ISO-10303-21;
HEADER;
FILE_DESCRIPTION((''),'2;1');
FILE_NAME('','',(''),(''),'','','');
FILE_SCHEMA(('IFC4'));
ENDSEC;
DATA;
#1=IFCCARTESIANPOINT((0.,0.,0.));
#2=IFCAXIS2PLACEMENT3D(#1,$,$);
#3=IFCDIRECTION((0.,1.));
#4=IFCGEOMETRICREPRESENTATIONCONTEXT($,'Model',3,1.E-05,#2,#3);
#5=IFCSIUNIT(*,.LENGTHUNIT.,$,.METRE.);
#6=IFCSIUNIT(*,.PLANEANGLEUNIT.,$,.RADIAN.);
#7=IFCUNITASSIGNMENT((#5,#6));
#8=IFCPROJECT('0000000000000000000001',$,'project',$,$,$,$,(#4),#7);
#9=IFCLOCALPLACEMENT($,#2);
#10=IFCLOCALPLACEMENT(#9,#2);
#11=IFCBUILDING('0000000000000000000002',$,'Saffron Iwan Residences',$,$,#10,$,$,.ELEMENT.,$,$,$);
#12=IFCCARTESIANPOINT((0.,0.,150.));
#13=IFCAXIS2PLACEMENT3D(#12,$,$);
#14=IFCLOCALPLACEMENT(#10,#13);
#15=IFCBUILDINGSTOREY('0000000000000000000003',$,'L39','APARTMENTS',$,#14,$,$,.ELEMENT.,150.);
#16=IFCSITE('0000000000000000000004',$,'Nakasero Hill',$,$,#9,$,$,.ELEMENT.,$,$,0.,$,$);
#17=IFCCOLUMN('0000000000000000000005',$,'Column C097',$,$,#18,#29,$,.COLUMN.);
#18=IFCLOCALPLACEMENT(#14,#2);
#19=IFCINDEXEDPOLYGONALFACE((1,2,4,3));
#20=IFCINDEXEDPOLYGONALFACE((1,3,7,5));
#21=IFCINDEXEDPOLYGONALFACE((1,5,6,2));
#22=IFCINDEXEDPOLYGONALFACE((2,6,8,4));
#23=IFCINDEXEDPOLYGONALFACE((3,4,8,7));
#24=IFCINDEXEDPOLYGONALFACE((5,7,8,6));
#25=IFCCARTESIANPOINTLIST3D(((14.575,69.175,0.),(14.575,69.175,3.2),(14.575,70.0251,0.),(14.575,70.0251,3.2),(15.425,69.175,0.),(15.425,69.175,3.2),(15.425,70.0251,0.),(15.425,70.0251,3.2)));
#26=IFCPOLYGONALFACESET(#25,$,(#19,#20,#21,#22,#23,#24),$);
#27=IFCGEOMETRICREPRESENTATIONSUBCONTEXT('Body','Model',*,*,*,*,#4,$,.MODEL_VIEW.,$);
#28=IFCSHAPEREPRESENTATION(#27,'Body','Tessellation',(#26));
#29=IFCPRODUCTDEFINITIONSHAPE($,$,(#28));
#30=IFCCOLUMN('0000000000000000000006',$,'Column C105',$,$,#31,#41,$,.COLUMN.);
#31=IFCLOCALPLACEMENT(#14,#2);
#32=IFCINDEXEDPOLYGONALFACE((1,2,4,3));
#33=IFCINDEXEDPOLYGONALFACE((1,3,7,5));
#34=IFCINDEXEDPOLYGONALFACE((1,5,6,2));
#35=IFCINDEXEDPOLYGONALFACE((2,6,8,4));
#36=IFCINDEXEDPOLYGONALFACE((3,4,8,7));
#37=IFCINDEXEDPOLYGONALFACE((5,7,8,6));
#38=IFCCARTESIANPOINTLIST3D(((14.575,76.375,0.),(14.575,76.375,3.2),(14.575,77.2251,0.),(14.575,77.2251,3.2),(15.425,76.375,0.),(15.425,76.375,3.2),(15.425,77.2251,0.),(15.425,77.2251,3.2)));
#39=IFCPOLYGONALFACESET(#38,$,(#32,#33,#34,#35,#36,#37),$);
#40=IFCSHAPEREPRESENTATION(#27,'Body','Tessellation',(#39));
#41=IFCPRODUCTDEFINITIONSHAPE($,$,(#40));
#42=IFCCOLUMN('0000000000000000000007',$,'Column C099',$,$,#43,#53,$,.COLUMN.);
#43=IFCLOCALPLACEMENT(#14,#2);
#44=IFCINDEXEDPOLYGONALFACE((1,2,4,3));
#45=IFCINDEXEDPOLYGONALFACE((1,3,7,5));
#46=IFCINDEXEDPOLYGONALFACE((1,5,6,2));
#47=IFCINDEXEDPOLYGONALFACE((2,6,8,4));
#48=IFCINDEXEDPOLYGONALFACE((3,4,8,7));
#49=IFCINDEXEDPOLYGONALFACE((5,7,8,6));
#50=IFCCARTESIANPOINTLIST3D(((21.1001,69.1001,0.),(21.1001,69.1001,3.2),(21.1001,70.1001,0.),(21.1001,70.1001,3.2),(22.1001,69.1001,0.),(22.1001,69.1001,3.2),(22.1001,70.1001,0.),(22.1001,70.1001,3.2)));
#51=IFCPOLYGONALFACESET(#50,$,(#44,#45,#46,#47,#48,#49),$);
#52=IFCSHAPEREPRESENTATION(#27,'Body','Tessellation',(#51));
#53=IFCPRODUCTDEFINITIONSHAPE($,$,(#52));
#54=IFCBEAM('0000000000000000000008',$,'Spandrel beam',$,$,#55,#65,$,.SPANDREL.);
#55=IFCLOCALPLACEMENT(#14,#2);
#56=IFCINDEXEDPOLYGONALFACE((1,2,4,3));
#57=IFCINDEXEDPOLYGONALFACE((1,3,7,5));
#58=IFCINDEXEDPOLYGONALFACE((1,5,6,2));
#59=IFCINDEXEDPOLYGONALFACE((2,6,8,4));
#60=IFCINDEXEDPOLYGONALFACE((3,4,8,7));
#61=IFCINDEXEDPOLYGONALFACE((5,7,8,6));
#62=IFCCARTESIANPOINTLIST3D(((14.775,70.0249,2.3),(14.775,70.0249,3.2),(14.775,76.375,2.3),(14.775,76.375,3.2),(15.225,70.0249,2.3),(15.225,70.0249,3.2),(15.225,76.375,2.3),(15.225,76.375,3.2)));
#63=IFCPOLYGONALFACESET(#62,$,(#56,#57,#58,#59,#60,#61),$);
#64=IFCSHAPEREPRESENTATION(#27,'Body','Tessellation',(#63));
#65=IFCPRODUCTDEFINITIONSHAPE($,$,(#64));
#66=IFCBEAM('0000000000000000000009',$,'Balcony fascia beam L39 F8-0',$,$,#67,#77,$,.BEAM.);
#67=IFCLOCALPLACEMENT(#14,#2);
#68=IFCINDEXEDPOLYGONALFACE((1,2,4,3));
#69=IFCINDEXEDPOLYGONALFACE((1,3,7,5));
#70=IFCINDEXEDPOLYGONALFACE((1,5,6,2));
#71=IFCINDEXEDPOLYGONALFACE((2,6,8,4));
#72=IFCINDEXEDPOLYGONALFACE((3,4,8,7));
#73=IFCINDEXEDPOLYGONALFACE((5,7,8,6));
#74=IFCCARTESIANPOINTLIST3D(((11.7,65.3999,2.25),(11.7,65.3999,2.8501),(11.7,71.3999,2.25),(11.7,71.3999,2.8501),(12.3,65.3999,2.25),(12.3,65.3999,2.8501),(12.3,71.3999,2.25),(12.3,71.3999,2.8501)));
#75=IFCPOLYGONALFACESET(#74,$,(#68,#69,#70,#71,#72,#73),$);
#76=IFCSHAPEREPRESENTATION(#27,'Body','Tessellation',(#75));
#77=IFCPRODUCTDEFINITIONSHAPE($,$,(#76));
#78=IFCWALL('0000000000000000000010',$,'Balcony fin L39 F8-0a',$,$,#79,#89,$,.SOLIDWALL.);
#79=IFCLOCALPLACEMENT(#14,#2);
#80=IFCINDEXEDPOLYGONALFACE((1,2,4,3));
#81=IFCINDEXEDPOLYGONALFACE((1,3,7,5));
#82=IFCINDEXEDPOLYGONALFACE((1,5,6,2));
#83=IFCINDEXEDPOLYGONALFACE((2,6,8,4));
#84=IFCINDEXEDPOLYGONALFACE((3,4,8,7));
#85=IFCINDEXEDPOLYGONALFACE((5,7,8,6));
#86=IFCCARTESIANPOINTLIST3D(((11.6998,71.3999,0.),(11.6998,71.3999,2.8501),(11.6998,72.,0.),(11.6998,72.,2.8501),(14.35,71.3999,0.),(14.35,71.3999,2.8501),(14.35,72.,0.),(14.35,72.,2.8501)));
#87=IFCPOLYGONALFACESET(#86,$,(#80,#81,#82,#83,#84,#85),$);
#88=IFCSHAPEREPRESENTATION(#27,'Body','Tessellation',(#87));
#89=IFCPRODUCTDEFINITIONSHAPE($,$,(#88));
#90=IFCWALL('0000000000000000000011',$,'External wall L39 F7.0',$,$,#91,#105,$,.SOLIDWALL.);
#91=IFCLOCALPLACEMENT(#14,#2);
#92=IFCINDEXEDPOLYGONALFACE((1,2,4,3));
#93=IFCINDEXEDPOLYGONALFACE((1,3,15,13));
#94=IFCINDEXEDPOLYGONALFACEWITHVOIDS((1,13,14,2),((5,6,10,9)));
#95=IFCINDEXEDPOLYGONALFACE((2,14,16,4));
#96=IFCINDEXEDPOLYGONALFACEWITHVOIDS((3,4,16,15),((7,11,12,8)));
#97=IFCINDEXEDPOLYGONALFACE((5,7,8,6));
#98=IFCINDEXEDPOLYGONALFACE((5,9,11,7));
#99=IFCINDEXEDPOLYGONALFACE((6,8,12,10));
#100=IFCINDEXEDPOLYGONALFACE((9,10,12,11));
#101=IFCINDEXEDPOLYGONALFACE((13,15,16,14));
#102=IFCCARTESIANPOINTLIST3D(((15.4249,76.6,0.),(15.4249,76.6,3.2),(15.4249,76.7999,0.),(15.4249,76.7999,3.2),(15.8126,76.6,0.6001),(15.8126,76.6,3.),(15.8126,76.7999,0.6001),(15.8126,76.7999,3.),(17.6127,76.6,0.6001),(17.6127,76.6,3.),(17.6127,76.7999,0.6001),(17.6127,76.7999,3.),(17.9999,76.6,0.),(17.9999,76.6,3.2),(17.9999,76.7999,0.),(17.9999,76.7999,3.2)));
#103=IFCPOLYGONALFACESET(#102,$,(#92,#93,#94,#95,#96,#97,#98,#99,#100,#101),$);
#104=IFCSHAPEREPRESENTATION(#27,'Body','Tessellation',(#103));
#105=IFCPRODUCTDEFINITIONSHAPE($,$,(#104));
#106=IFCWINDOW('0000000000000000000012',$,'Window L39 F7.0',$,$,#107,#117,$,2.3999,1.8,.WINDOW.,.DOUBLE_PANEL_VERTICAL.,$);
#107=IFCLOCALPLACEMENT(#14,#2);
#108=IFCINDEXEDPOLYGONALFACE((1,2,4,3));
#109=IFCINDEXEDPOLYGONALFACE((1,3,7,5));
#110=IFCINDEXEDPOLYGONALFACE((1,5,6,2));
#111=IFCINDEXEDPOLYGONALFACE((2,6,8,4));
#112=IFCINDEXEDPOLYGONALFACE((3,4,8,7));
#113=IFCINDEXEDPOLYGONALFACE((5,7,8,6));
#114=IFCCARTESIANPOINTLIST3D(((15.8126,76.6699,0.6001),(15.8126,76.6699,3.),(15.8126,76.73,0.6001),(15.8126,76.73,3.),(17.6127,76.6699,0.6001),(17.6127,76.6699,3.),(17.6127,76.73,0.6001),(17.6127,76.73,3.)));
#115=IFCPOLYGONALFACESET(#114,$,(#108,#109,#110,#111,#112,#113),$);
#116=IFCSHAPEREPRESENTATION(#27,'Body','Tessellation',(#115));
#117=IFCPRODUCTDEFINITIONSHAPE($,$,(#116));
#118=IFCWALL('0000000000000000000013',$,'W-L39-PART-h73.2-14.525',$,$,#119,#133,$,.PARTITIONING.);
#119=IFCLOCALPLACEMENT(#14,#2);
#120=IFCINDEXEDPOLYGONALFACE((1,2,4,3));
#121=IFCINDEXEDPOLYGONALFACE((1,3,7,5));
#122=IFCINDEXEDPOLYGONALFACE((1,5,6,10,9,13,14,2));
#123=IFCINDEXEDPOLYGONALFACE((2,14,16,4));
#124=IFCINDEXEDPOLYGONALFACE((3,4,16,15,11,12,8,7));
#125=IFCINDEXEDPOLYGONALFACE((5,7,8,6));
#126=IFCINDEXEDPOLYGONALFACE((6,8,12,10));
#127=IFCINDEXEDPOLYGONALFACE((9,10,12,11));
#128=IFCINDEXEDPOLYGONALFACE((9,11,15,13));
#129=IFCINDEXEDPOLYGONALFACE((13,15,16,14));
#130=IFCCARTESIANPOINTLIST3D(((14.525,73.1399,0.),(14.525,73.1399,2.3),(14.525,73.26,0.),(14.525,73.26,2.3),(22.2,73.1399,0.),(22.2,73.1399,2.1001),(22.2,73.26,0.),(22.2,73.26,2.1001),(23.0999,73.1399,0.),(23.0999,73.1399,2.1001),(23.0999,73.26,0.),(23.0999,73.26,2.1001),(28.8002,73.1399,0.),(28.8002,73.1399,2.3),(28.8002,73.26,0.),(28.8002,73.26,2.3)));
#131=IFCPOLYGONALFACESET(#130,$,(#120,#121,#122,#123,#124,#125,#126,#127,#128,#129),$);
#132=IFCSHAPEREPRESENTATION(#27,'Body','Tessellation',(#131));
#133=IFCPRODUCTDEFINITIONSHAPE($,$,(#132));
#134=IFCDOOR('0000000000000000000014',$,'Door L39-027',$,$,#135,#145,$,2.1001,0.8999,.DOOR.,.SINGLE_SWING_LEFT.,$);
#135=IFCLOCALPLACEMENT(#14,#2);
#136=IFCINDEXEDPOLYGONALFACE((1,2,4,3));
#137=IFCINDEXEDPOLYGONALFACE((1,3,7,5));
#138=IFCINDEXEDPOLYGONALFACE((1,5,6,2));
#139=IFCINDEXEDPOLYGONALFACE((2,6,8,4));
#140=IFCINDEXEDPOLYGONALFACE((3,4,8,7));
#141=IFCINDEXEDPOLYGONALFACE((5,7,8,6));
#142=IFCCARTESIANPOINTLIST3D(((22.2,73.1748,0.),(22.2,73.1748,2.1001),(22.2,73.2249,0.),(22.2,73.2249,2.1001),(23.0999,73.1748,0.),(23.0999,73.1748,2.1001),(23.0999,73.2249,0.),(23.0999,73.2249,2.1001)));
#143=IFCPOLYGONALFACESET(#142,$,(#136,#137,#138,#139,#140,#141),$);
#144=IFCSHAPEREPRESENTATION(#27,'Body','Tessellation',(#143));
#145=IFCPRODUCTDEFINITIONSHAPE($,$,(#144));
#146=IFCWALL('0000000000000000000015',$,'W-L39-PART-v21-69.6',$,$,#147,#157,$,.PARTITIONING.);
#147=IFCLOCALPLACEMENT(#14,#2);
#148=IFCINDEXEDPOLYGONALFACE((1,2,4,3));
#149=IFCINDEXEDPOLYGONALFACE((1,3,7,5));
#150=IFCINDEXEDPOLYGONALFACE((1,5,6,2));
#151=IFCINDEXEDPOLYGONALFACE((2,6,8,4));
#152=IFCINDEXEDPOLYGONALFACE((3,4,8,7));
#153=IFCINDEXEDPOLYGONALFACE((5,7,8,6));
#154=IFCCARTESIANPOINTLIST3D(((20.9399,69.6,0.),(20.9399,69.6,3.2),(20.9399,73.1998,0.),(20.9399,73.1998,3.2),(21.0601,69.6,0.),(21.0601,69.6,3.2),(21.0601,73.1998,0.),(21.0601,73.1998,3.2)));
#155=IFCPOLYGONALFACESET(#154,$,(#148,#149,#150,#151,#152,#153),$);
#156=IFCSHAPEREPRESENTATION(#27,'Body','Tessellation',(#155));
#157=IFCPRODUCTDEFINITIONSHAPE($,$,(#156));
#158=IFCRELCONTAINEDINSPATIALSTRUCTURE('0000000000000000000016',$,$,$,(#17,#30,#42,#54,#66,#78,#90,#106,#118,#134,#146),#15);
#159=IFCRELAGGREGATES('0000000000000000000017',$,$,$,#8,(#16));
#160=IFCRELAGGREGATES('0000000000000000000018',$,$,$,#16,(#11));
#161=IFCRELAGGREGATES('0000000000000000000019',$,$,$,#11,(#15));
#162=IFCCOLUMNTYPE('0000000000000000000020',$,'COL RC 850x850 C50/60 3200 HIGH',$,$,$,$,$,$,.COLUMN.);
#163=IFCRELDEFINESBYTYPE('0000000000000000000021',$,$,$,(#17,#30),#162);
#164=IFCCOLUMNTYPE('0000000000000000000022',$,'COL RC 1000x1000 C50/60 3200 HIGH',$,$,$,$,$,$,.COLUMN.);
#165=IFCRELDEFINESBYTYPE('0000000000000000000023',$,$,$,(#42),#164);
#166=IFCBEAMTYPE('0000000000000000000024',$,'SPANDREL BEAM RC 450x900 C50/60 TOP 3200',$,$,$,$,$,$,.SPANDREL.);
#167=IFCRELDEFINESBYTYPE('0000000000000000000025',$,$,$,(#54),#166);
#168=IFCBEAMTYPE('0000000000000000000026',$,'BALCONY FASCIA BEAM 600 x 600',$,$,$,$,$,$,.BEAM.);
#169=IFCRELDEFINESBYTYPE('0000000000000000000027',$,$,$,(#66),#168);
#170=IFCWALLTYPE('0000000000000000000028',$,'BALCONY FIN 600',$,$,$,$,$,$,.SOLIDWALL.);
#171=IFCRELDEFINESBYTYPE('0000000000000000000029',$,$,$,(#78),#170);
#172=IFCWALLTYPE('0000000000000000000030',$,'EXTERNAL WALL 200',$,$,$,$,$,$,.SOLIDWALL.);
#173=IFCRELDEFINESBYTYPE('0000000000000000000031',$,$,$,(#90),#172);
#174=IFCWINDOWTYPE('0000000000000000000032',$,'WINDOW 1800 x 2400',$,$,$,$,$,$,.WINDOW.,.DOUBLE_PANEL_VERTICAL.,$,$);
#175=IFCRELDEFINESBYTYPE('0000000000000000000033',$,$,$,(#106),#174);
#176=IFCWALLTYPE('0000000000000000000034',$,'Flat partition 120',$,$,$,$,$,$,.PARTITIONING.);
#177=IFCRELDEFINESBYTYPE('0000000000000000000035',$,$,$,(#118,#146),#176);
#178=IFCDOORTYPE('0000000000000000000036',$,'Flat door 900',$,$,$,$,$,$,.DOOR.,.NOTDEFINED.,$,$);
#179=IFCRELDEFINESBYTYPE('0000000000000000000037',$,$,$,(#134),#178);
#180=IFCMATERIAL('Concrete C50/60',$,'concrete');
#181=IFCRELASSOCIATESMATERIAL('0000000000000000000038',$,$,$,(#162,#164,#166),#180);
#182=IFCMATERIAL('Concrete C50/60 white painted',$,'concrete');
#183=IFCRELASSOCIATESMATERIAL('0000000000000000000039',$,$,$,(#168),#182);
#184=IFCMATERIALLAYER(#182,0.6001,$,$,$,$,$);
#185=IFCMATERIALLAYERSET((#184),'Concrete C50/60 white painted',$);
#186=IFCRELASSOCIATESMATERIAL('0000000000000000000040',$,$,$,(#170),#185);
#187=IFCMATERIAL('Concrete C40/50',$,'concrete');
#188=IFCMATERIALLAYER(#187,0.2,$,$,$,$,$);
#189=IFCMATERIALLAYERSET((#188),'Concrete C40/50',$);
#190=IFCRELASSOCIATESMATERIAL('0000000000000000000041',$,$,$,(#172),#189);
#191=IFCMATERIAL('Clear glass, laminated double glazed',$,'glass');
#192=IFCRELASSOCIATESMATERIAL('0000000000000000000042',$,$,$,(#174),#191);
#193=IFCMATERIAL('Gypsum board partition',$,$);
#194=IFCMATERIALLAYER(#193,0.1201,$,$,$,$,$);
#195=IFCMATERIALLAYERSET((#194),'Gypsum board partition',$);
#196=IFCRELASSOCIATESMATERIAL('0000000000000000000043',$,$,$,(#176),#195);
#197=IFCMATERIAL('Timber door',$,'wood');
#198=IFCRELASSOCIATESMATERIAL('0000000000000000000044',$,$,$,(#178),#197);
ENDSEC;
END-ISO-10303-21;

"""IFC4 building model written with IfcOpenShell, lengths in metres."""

from ifc_helpers import new_model, si_unit, direction, frame, frame_2d, origin, origin_2d, place, context, subcontext, project, spatial, rectangle, extrude, source, transform, mapped, material, layer, layer_set, material_profile, profile_set, type_object, element, fill, save


model = new_model("IFC4")

# Units and contexts
model_context = context("Model", 3, precision=1e-05, world=origin(), true_north=direction((0.0, 1.0)))
body_context = subcontext(model_context, "Body", "Model", "MODEL_VIEW")
ifc_project = project(units=[si_unit("LENGTHUNIT", "METRE"), si_unit("PLANEANGLEUNIT", "RADIAN")], contexts=[model_context])

# Site, building, storey
site_placement = place(None, origin())
site = spatial("IfcSite", under=ifc_project, at=site_placement, Name="Nakasero Hill", CompositionType="ELEMENT", RefElevation=0.0)
building_placement = place(site_placement, origin())
building = spatial("IfcBuilding", under=site, at=building_placement, Name="Saffron Iwan Residences", CompositionType="ELEMENT")
storey_placement = place(building_placement, frame((0.0, 0.0, 150.0)))
storey = spatial("IfcBuildingStorey", under=building, at=storey_placement, Name="L39", Description="APARTMENTS", CompositionType="ELEMENT", Elevation=150.0)

# Columns
ifc_material_1 = material(Name="Concrete C50/60", Category="concrete")
ifc_material_profile_1 = material_profile(ifc_material_1, rectangle(XDim=0.8501, YDim=0.8501, at=origin_2d()), Name="RC 850x850")
ifc_profile_set_1 = profile_set([ifc_material_profile_1], Name="Concrete C50/60")
column_type_1 = type_object("IfcColumnType", Name="COL RC 850x850 C50/60 3200 HIGH", PredefinedType="COLUMN", material=ifc_profile_set_1)
shared_shape_1 = source(origin(), body_context, "Body", "SweptSolid", [
    extrude(rectangle(XDim=0.8501, YDim=0.8501, at=origin_2d()), origin(), (0.0, 0.0, 1.0), 3.2),
])
for number, where, z_axis, x_axis, name in (
    (1, (15.0, 69.6001, 0.0), (0.0, 0.0, 1.0), (1.0, 0.0, 0.0), "Column C097"),
    (2, (15.0, 76.8, 0.0), (0.0, 0.0, 1.0), (1.0, 0.0, 0.0), "Column C105"),
):
    element("IfcColumn", number, at=place(storey_placement, frame(where, z_axis=z_axis, x_axis=x_axis)), inside=storey, type_object=column_type_1, Name=name, PredefinedType="COLUMN", context=body_context, shape_type="MappedRepresentation", body=[
        mapped(shared_shape_1, transform((0.0, 0.0, 0.0))),
    ])
ifc_material_profile_2 = material_profile(ifc_material_1, rectangle(XDim=1.0, YDim=1.0, at=origin_2d()), Name="RC 1000x1000")
ifc_profile_set_2 = profile_set([ifc_material_profile_2], Name="Concrete C50/60")
column_type_2 = type_object("IfcColumnType", Name="COL RC 1000x1000 C50/60 3200 HIGH", PredefinedType="COLUMN", material=ifc_profile_set_2)
shared_shape_2 = source(origin(), body_context, "Body", "SweptSolid", [
    extrude(rectangle(XDim=1.0, YDim=1.0, at=origin_2d()), origin(), (0.0, 0.0, 1.0), 3.2),
])
column_placement = place(storey_placement, frame((21.6001, 69.6001, 0.0), z_axis=(0.0, 0.0, 1.0), x_axis=(1.0, 0.0, 0.0)))
element("IfcColumn", 3, at=column_placement, inside=storey, type_object=column_type_2, Name="Column C099", PredefinedType="COLUMN", context=body_context, shape_type="MappedRepresentation", body=[
    mapped(shared_shape_2, transform((0.0, 0.0, 0.0))),
])

# Beams
ifc_material_profile_3 = material_profile(ifc_material_1, rectangle(XDim=0.45, YDim=0.8999, at=origin_2d()), Name="RC 450x900")
ifc_profile_set_3 = profile_set([ifc_material_profile_3], Name="Concrete C50/60")
beam_type_1 = type_object("IfcBeamType", Name="SPANDREL BEAM RC 450x900 C50/60 TOP 3200", PredefinedType="SPANDREL", material=ifc_profile_set_3)
shared_shape_3 = source(origin(), body_context, "Body", "SweptSolid", [
    extrude(rectangle(XDim=0.45, YDim=0.8999, at=origin_2d()), origin(), (0.0, 0.0, 1.0), 6.3501),
])
beam_1_placement = place(storey_placement, frame((15.0, 70.0249, 2.75), z_axis=(0.0, 1.0, 0.0), x_axis=(-1.0, 0.0, 0.0)))
element("IfcBeam", 4, at=beam_1_placement, inside=storey, type_object=beam_type_1, Name="Spandrel beam", PredefinedType="SPANDREL", context=body_context, shape_type="MappedRepresentation", body=[
    mapped(shared_shape_3, transform((0.0, 0.0, 0.0))),
])
ifc_material_2 = material(Name="Concrete C50/60 white painted", Category="concrete")
ifc_material_profile_4 = material_profile(ifc_material_2, rectangle(XDim=0.6001, YDim=0.6001, at=origin_2d()), Name="BALCONY FASCIA BEAM 600 x 600")
ifc_profile_set_4 = profile_set([ifc_material_profile_4], Name="Concrete C50/60 white painted")
beam_type_2 = type_object("IfcBeamType", Name="BALCONY FASCIA BEAM 600 x 600", PredefinedType="BEAM", material=ifc_profile_set_4)
shared_shape_4 = source(origin(), body_context, "Body", "SweptSolid", [
    extrude(rectangle(XDim=0.6001, YDim=0.6001, at=origin_2d()), origin(), (0.0, 0.0, 1.0), 6.0),
])
beam_2_placement = place(storey_placement, frame((12.0, 71.3999, 2.55), z_axis=(0.0, -1.0, 0.0), x_axis=(1.0, 0.0, 0.0)))
element("IfcBeam", 5, at=beam_2_placement, inside=storey, type_object=beam_type_2, Name="Balcony fascia beam L39 F8-0", PredefinedType="BEAM", context=body_context, shape_type="MappedRepresentation", body=[
    mapped(shared_shape_4, transform((0.0, 0.0, 0.0))),
])

# Wall
ifc_layer_1 = layer(ifc_material_2, 0.6001)
ifc_layer_set_1 = layer_set([ifc_layer_1], Name="Concrete C50/60 white painted")
wall_type_1 = type_object("IfcWallType", Name="BALCONY FIN 600", PredefinedType="SOLIDWALL", material=ifc_layer_set_1)
wall_1_placement = place(storey_placement, frame((14.3501, 71.7, 0.0), z_axis=(0.0, 0.0, 1.0), x_axis=(-1.0, 0.0, 0.0)))
element("IfcWall", 6, at=wall_1_placement, inside=storey, type_object=wall_type_1, Name="Balcony fin L39 F8-0a", PredefinedType="SOLIDWALL", context=body_context, shape_type="SweptSolid", body=[
    extrude(rectangle(XDim=2.6501, YDim=0.6001, at=frame_2d((1.3252, 0.0))), origin(), (0.0, 0.0, 1.0), 2.8501),
])

# Wall, opening, window
ifc_material_3 = material(Name="Concrete C40/50", Category="concrete")
ifc_layer_2 = layer(ifc_material_3, 0.2)
ifc_layer_set_2 = layer_set([ifc_layer_2], Name="Concrete C40/50")
wall_type_2 = type_object("IfcWallType", Name="EXTERNAL WALL 200", PredefinedType="SOLIDWALL", material=ifc_layer_set_2)
wall_2_placement = place(storey_placement, frame((18.0, 76.7, 0.0), z_axis=(0.0, 0.0, 1.0), x_axis=(-1.0, 0.0, 0.0)))
wall_2 = element("IfcWall", 7, at=wall_2_placement, inside=storey, type_object=wall_type_2, Name="External wall L39 F7.0", PredefinedType="SOLIDWALL", context=body_context, shape_type="SweptSolid", body=[
    extrude(rectangle(XDim=2.575, YDim=0.2, at=frame_2d((1.2876, 0.0))), origin(), (0.0, 0.0, 1.0), 3.2),
])
opening_1_placement = place(wall_2_placement, frame((0.3875, 0.0, 0.6001)))
opening_1 = element("IfcOpeningElement", 8, at=opening_1_placement, cuts=wall_2, PredefinedType="OPENING", context=body_context, shape_type="SweptSolid", body=[
    extrude(rectangle(XDim=1.8, YDim=2.3999, at=frame_2d((0.8999, 1.2))), frame((0.0, 0.1099, 0.0), z_axis=(0.0, -1.0, 0.0), x_axis=(1.0, 0.0, 0.0)), (0.0, 0.0, 1.0), 0.22),
])
ifc_material_4 = material(Name="Clear glass, laminated double glazed", Category="glass")
window_type_1 = type_object("IfcWindowType", Name="WINDOW 1800 x 2400", PartitioningType="DOUBLE_PANEL_VERTICAL", PredefinedType="WINDOW", material=ifc_material_4)
window_1_placement = place(opening_1_placement, origin())
window_1 = element("IfcWindow", 9, at=window_1_placement, inside=storey, type_object=window_type_1, Name="Window L39 F7.0", OverallHeight=2.3999, OverallWidth=1.8, PartitioningType="DOUBLE_PANEL_VERTICAL", PredefinedType="WINDOW", context=body_context, shape_type="SweptSolid", body=[
    extrude(rectangle(XDim=1.8, YDim=2.3999, at=frame_2d((0.8999, 1.2))), frame((0.0, 0.03, 0.0), z_axis=(0.0, -1.0, 0.0), x_axis=(1.0, 0.0, 0.0)), (0.0, 0.0, 1.0), 0.0601),
])
fill(opening_1, window_1)

# Wall, opening, door
ifc_material_5 = material(Name="Gypsum board partition")
ifc_layer_3 = layer(ifc_material_5, 0.1201)
ifc_layer_set_3 = layer_set([ifc_layer_3], Name="Gypsum board partition")
wall_type_3 = type_object("IfcWallType", Name="Flat partition 120", PredefinedType="PARTITIONING", material=ifc_layer_set_3)
wall_3_placement = place(storey_placement, frame((14.5249, 73.2, 0.0), z_axis=(0.0, 0.0, 1.0), x_axis=(1.0, 0.0, 0.0)))
wall_3 = element("IfcWall", 10, at=wall_3_placement, inside=storey, type_object=wall_type_3, Name="W-L39-PART-h73.2-14.525", PredefinedType="PARTITIONING", context=body_context, shape_type="SweptSolid", body=[
    extrude(rectangle(XDim=14.2751, YDim=0.1201, at=frame_2d((7.1377, 0.0))), origin(), (0.0, 0.0, 1.0), 2.3),
])
opening_2_placement = place(wall_3_placement, frame((7.675, 0.0, 0.0)))
opening_2 = element("IfcOpeningElement", 11, at=opening_2_placement, cuts=wall_3, PredefinedType="OPENING", context=body_context, shape_type="SweptSolid", body=[
    extrude(rectangle(XDim=0.8999, YDim=2.1001, at=frame_2d((0.45, 1.05))), frame((0.0, 0.0701, 0.0), z_axis=(0.0, -1.0, 0.0), x_axis=(1.0, 0.0, 0.0)), (0.0, 0.0, 1.0), 0.1401),
])
ifc_material_6 = material(Name="Timber door", Category="wood")
door_type_1 = type_object("IfcDoorType", Name="Flat door 900", OperationType="NOTDEFINED", PredefinedType="DOOR", material=ifc_material_6)
door_1_placement = place(opening_2_placement, origin())
door_1 = element("IfcDoor", 12, at=door_1_placement, inside=storey, type_object=door_type_1, Name="Door L39-027", OperationType="SINGLE_SWING_LEFT", OverallHeight=2.1001, OverallWidth=0.8999, PredefinedType="DOOR", context=body_context, shape_type="SweptSolid", body=[
    extrude(rectangle(XDim=0.8999, YDim=2.1001, at=frame_2d((0.45, 1.05))), frame((0.0, 0.0249, 0.0), z_axis=(0.0, -1.0, 0.0), x_axis=(1.0, 0.0, 0.0)), (0.0, 0.0, 1.0), 0.05),
])
fill(opening_2, door_1)

# Wall
wall_4_placement = place(storey_placement, frame((21.0, 69.6001, 0.0), z_axis=(0.0, 0.0, 1.0), x_axis=(0.0, 1.0, 0.0)))
element("IfcWall", 13, at=wall_4_placement, inside=storey, type_object=wall_type_3, Name="W-L39-PART-v21-69.6", PredefinedType="PARTITIONING", context=body_context, shape_type="SweptSolid", body=[
    extrude(rectangle(XDim=3.5999, YDim=0.1201, at=frame_2d((1.7998, 0.0))), origin(), (0.0, 0.0, 1.0), 3.2),
])

save(model, "model.ifc")
